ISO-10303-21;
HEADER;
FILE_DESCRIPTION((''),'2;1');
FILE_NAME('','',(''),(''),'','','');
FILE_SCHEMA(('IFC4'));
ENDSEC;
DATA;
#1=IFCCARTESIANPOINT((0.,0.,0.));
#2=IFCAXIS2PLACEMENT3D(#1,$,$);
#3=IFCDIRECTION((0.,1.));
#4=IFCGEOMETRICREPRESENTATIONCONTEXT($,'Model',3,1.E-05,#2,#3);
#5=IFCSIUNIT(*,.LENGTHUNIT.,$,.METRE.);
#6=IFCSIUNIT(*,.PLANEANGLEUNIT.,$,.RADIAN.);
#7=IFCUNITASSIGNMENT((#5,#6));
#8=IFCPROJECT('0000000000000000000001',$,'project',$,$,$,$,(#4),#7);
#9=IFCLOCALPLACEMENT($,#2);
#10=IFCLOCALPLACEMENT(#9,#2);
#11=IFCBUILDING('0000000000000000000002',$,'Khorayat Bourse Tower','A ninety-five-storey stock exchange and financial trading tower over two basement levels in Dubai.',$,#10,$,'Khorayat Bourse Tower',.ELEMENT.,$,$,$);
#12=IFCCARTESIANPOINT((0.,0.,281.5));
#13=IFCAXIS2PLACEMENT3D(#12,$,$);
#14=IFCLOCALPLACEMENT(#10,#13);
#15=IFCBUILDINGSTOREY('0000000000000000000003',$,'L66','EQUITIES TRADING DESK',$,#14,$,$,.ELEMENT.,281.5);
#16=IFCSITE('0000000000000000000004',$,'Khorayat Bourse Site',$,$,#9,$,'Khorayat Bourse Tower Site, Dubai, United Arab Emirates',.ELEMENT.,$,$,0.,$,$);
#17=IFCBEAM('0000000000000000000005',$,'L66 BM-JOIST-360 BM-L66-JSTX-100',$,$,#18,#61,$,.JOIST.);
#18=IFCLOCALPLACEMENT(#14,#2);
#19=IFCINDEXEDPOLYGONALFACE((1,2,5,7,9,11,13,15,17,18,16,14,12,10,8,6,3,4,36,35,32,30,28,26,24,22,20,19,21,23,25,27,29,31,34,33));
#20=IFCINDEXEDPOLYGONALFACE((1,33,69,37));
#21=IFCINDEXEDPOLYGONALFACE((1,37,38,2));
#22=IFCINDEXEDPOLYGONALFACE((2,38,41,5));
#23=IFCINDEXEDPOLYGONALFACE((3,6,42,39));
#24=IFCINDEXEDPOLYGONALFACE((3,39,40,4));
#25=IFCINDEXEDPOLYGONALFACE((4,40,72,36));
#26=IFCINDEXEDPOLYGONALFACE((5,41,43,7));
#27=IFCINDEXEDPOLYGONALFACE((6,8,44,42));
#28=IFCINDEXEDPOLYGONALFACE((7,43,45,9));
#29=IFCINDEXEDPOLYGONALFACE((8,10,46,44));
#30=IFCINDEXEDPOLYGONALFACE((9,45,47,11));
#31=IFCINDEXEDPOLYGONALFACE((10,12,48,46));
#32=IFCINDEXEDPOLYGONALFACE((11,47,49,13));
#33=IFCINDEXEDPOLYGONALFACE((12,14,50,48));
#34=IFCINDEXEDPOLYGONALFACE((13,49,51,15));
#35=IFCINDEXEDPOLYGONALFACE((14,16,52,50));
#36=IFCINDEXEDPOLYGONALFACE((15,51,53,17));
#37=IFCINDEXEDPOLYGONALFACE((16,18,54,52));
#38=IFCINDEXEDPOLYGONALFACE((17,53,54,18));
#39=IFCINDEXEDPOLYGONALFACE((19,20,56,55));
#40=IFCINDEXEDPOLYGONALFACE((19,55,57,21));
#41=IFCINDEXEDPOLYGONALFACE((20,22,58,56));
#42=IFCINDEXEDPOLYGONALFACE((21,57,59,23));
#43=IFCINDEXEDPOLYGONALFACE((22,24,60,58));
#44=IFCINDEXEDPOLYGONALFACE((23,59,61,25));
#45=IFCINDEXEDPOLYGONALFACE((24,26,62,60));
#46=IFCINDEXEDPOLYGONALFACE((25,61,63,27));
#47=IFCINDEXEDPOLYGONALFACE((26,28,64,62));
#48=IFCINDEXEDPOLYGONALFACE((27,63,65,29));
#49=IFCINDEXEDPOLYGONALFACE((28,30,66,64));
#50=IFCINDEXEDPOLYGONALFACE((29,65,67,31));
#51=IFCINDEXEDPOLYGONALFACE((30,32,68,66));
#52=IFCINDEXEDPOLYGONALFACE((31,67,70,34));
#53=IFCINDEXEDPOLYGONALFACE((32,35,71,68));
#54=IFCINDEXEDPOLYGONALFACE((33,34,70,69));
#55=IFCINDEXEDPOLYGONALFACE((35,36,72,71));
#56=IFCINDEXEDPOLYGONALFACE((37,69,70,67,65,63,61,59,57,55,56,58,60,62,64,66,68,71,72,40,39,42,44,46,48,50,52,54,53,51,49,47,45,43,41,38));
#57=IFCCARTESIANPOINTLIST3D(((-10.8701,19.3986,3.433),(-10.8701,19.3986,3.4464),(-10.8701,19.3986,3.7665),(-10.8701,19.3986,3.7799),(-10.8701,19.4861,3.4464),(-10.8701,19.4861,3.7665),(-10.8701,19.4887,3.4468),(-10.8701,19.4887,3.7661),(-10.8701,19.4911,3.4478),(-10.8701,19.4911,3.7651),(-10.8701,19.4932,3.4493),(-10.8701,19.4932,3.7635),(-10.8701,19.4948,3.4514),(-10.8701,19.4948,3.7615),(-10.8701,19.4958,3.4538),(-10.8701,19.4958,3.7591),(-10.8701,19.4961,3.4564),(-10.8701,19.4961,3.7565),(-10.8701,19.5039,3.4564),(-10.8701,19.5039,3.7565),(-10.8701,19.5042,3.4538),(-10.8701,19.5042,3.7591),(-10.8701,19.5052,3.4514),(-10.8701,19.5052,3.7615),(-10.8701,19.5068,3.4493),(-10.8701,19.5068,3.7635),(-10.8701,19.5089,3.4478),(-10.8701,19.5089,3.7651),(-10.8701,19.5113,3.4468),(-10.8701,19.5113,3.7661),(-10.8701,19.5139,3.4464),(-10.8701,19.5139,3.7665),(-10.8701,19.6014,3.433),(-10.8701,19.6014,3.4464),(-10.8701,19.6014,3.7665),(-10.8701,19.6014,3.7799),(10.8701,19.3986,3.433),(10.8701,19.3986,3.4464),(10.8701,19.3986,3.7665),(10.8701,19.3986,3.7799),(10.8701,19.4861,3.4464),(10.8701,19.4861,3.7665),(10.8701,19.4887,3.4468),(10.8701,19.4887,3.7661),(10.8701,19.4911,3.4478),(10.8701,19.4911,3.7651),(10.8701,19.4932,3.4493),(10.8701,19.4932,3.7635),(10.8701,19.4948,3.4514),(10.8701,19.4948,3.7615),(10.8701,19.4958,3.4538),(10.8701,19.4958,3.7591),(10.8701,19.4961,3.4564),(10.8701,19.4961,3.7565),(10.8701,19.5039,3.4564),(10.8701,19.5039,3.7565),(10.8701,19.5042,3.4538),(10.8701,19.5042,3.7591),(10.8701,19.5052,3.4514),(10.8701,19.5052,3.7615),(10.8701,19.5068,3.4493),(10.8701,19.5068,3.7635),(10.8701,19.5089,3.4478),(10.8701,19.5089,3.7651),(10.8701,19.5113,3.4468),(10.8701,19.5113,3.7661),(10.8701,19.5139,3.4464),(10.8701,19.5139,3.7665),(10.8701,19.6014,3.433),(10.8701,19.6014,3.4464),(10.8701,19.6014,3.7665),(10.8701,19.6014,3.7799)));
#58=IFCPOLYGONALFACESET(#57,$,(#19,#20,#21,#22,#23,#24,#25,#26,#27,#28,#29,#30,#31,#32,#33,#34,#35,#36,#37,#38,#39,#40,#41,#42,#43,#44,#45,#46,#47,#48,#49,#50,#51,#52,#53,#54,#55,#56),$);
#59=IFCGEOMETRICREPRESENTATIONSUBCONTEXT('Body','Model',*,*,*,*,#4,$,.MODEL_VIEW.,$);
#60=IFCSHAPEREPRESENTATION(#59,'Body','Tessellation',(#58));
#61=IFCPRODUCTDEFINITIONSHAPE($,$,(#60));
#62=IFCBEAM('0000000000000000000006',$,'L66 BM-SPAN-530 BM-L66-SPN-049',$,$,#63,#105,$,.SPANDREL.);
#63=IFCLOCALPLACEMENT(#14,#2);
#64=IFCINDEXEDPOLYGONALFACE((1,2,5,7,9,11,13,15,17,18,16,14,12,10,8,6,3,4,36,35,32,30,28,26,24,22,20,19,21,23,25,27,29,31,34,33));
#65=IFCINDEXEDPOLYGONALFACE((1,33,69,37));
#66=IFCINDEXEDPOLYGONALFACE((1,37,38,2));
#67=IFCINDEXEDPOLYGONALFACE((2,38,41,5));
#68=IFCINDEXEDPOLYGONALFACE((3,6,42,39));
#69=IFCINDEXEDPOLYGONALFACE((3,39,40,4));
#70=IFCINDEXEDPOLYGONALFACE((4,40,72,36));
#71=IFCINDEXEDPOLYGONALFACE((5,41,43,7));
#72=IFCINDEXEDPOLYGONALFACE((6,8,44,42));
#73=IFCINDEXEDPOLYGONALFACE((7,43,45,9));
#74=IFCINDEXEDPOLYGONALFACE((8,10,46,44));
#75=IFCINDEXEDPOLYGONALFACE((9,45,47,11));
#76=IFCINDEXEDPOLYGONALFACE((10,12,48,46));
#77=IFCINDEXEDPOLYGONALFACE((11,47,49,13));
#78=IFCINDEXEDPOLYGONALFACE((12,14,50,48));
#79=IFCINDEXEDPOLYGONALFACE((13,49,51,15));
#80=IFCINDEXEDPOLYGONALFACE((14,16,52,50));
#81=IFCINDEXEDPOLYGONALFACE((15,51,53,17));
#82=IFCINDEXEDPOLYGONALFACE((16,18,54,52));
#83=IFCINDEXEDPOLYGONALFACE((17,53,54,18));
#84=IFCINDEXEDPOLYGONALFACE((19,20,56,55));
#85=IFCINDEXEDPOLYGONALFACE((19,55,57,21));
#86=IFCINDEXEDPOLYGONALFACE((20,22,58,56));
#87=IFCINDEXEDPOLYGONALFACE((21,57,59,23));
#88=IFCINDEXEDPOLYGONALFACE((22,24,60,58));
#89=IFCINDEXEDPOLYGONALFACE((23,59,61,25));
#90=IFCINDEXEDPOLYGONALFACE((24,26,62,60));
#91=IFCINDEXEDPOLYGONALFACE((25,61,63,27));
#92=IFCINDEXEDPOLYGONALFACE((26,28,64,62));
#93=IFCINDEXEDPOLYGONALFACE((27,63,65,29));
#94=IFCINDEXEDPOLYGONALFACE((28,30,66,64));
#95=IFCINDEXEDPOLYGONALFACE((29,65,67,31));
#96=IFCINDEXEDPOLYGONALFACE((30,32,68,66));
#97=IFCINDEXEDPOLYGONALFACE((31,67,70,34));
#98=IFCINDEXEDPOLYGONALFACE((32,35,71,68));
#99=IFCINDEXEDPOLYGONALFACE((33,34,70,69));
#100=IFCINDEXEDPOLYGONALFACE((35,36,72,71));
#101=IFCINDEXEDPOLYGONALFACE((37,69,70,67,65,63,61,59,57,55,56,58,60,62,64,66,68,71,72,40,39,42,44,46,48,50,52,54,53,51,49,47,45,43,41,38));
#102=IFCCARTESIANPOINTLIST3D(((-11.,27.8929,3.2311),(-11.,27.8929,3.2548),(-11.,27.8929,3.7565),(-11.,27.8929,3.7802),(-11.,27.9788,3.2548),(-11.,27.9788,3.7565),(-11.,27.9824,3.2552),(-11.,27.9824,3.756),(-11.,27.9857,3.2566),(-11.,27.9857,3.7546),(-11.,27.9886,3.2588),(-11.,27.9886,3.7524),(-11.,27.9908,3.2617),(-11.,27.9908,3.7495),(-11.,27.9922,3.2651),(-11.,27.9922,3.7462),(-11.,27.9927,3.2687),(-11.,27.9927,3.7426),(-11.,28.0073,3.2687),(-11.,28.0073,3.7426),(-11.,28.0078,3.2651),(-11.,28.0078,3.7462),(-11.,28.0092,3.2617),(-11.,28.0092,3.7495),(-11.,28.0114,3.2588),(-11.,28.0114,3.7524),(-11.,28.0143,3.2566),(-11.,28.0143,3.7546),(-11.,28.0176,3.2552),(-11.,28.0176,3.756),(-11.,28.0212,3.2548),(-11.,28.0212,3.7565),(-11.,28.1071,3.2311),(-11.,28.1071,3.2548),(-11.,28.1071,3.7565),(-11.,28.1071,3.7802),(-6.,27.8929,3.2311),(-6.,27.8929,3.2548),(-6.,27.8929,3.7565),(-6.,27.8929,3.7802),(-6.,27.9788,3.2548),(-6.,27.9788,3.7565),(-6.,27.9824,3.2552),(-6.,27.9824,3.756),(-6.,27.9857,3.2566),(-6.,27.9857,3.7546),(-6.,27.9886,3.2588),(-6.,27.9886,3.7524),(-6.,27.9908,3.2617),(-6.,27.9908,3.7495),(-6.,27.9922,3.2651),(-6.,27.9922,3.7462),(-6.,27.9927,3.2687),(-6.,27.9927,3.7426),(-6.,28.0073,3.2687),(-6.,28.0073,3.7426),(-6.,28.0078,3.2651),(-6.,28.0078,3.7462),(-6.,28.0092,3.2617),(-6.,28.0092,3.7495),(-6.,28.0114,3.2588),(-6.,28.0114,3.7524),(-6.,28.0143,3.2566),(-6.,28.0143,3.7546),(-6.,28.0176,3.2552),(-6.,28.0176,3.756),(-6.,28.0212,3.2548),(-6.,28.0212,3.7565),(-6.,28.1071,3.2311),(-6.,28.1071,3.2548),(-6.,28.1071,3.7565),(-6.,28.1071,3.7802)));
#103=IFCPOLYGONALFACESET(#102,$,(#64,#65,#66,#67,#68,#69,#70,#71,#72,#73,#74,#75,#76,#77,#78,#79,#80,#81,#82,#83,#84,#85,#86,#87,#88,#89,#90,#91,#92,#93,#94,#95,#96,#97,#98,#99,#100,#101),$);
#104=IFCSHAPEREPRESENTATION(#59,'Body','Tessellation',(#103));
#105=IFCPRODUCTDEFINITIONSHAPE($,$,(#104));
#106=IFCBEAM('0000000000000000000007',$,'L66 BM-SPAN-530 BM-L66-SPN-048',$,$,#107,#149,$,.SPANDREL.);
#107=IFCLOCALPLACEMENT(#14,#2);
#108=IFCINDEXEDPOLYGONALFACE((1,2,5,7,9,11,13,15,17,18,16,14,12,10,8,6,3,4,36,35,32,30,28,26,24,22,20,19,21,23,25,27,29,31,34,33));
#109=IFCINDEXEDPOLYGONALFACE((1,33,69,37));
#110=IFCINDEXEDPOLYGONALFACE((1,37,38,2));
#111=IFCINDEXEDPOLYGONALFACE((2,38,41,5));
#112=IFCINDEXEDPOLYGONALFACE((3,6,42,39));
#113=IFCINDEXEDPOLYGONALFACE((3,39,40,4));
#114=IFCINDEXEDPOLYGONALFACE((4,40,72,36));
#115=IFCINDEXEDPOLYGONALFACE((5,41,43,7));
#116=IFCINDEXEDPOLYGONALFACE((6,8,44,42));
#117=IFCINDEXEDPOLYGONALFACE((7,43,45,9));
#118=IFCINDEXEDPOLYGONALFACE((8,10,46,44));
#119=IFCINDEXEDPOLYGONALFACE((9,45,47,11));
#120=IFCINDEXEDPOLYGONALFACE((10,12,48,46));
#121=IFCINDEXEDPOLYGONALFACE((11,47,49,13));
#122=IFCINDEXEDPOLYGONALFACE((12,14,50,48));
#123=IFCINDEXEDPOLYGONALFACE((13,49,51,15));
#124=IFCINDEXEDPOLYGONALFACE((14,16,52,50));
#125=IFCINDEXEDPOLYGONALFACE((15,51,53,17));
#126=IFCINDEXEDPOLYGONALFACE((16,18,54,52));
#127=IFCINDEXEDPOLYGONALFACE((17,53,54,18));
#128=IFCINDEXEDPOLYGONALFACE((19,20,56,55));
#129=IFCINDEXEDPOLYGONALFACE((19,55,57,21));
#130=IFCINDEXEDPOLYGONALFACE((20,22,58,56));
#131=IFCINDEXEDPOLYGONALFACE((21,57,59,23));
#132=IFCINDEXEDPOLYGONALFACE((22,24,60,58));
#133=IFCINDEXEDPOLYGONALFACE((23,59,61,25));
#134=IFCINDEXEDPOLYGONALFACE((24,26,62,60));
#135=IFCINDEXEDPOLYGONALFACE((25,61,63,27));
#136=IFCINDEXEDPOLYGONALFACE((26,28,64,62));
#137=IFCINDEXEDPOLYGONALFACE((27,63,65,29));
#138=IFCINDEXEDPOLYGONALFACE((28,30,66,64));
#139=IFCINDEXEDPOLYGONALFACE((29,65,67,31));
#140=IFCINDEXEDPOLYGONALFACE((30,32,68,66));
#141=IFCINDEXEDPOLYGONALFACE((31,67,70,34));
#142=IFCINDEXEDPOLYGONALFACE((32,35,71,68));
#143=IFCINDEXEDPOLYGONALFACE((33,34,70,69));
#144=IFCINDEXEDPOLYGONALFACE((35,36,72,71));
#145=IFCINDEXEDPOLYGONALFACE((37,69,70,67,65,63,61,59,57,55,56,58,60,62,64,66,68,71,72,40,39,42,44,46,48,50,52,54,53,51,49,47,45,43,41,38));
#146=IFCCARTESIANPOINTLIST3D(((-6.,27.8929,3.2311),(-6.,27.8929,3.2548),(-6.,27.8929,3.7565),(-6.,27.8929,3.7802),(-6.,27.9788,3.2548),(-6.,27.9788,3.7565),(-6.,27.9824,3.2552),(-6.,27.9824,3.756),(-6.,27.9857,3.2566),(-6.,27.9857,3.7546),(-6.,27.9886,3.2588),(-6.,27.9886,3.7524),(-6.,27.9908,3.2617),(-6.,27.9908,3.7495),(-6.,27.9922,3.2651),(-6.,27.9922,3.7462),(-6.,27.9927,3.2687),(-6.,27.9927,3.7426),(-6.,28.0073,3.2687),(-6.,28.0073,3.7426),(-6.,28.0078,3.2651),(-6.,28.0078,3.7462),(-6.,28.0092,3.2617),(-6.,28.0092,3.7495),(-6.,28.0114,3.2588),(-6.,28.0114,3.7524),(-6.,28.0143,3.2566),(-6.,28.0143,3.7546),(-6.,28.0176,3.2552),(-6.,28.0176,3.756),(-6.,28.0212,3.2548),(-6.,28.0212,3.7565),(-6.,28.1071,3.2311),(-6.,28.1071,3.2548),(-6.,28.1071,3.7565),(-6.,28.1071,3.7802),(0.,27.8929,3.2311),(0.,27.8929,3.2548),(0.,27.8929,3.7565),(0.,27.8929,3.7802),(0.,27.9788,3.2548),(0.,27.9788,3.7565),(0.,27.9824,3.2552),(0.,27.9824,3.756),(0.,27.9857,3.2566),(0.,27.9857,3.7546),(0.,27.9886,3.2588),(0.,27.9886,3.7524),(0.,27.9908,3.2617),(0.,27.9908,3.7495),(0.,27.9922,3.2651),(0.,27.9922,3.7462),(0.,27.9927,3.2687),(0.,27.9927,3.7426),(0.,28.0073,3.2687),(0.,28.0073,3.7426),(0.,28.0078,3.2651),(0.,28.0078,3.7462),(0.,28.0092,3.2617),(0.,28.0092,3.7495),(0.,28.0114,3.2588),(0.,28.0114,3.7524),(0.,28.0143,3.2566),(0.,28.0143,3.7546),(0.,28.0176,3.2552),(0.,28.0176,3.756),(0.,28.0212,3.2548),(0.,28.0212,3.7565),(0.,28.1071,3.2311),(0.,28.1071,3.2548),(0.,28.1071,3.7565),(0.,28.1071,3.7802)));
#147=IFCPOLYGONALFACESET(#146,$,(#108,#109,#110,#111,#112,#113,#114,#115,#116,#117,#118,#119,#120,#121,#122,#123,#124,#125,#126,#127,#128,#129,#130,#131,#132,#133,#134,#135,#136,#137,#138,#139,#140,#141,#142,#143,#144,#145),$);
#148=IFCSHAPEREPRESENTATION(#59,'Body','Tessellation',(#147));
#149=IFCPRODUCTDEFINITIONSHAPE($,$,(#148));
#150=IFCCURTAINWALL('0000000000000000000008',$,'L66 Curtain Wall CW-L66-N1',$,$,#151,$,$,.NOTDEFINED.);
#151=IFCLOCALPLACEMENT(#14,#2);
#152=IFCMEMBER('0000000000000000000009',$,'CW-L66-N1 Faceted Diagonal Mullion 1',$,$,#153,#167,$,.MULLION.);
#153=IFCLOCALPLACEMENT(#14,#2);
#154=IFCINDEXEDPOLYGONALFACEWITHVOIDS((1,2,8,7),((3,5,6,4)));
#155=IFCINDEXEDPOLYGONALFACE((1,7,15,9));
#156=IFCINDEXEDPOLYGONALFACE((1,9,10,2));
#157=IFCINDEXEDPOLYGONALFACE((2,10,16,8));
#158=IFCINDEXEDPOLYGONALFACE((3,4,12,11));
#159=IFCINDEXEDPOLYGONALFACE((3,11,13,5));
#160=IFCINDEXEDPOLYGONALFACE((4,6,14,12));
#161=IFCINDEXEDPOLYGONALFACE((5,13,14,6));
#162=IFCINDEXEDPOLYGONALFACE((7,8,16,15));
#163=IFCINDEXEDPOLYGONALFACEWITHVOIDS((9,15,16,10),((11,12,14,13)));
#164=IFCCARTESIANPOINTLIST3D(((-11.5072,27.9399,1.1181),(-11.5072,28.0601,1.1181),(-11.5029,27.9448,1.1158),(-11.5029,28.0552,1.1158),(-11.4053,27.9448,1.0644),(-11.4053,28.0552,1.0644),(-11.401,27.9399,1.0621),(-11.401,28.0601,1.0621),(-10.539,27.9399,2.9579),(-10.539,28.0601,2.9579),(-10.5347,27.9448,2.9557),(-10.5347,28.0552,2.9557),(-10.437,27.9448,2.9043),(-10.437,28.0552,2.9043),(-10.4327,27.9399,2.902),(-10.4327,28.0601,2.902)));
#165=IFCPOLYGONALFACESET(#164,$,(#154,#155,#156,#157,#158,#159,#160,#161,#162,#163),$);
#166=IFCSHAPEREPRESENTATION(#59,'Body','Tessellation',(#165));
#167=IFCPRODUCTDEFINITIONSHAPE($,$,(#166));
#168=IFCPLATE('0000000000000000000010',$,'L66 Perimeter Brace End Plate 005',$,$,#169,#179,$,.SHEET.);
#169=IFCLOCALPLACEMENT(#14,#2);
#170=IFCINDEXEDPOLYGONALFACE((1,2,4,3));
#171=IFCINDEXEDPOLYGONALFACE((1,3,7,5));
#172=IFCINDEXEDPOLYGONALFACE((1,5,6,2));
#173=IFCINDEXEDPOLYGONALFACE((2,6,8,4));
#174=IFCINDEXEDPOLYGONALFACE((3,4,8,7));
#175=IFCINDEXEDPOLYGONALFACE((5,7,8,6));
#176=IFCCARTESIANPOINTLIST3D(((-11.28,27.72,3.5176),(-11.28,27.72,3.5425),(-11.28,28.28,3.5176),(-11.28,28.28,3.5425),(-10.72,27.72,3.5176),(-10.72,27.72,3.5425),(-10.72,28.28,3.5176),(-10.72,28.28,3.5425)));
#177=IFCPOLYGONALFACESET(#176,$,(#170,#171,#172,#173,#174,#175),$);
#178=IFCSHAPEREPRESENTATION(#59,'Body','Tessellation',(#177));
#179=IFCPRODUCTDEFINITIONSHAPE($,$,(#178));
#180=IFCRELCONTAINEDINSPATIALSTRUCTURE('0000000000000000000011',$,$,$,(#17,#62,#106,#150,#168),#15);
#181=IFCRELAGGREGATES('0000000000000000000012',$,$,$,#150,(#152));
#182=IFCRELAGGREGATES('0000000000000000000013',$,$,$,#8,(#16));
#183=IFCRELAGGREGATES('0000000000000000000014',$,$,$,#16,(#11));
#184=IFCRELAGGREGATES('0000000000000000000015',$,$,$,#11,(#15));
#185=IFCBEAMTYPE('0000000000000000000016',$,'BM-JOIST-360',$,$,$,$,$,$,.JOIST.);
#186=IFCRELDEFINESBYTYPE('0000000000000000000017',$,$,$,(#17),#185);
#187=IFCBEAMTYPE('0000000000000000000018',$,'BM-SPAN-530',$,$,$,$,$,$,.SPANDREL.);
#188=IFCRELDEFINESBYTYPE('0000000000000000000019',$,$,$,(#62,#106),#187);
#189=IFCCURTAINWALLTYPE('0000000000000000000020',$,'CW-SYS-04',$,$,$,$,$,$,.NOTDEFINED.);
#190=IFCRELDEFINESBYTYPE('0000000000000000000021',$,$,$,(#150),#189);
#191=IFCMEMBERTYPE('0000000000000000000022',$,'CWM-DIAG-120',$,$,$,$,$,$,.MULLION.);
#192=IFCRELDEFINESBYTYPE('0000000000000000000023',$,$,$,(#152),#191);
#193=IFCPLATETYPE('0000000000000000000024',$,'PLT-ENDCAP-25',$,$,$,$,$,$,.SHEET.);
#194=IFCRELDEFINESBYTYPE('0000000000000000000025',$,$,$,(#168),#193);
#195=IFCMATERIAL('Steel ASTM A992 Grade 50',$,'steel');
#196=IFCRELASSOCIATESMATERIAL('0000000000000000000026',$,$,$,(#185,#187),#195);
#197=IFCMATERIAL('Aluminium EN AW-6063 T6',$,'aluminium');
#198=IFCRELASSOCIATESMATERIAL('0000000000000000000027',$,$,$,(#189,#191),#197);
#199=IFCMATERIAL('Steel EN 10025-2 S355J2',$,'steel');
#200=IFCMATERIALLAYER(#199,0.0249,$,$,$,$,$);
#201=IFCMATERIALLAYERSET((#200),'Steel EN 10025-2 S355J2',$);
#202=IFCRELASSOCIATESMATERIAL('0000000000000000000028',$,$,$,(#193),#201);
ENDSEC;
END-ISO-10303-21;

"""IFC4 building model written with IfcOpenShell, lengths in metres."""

from ifc_helpers import new_model, si_unit, direction, frame, origin, origin_2d, place, context, subcontext, project, spatial, rectangle, hollow_rectangle, i_section, extrude, source, transform, mapped, material, layer, layer_set, material_profile, profile_set, type_object, element, aggregate, save


model = new_model("IFC4")

# Units and contexts
model_context = context("Model", 3, precision=1e-05, world=origin(), true_north=direction((0.0, 1.0)))
body_context = subcontext(model_context, "Body", "Model", "MODEL_VIEW")
ifc_project = project(units=[si_unit("LENGTHUNIT", "METRE"), si_unit("PLANEANGLEUNIT", "RADIAN")], contexts=[model_context])

# Site, building, storey
site_placement = place(None, origin())
site = spatial("IfcSite", under=ifc_project, at=site_placement, Name="Khorayat Bourse Site", LongName="Khorayat Bourse Tower Site, Dubai, United Arab Emirates", CompositionType="ELEMENT", RefElevation=0.0)
building_placement = place(site_placement, origin())
building = spatial("IfcBuilding", under=site, at=building_placement, Name="Khorayat Bourse Tower", Description="A ninety-five-storey stock exchange and financial trading tower over two basement levels in Dubai.", LongName="Khorayat Bourse Tower", CompositionType="ELEMENT")
storey_placement = place(building_placement, frame((0.0, 0.0, 281.5)))
storey = spatial("IfcBuildingStorey", under=building, at=storey_placement, Name="L66", Description="EQUITIES TRADING DESK", CompositionType="ELEMENT", Elevation=281.5)

# Beams
ifc_material_1 = material(Name="Steel ASTM A992 Grade 50", Category="steel")
ifc_material_profile_1 = material_profile(ifc_material_1, i_section(OverallWidth=0.2029, OverallDepth=0.3469, WebThickness=0.0078, FlangeThickness=0.0134, FilletRadius=0.01, at=origin_2d()), Name="W360X64")
ifc_profile_set_1 = profile_set([ifc_material_profile_1], Name="Steel ASTM A992 Grade 50")
beam_type_1 = type_object("IfcBeamType", Name="BM-JOIST-360", PredefinedType="JOIST", material=ifc_profile_set_1)
shared_shape_1 = source(origin(), body_context, "Body", "SweptSolid", [
    extrude(i_section(OverallWidth=0.2029, OverallDepth=0.3469, WebThickness=0.0078, FlangeThickness=0.0134, FilletRadius=0.01, at=origin_2d()), origin(), (0.0, 0.0, 1.0), 21.7402),
])
beam_1_placement = place(storey_placement, frame((-10.8701, 19.5, 3.6064), z_axis=(1.0, 0.0, 0.0), x_axis=(0.0, 1.0, 0.0)))
element("IfcBeam", 1, at=beam_1_placement, inside=storey, type_object=beam_type_1, Name="L66 BM-JOIST-360 BM-L66-JSTX-100", PredefinedType="JOIST", context=body_context, shape_type="MappedRepresentation", body=[
    mapped(shared_shape_1, transform((0.0, 0.0, 0.0), scale=1.0)),
])
ifc_material_profile_2 = material_profile(ifc_material_1, i_section(OverallWidth=0.2141, OverallDepth=0.5491, WebThickness=0.0146, FlangeThickness=0.0237, FilletRadius=0.0139, at=origin_2d()), Name="W530X138")
ifc_profile_set_2 = profile_set([ifc_material_profile_2], Name="Steel ASTM A992 Grade 50")
beam_type_2 = type_object("IfcBeamType", Name="BM-SPAN-530", PredefinedType="SPANDREL", material=ifc_profile_set_2)
shared_shape_2 = source(origin(), body_context, "Body", "SweptSolid", [
    extrude(i_section(OverallWidth=0.2141, OverallDepth=0.5491, WebThickness=0.0146, FlangeThickness=0.0237, FilletRadius=0.0139, at=origin_2d()), origin(), (0.0, 0.0, 1.0), 5.0),
])
beam_2_placement = place(storey_placement, frame((-11.0, 28.0, 3.5056), z_axis=(1.0, 0.0, 0.0), x_axis=(0.0, 1.0, 0.0)))
element("IfcBeam", 2, at=beam_2_placement, inside=storey, type_object=beam_type_2, Name="L66 BM-SPAN-530 BM-L66-SPN-049", PredefinedType="SPANDREL", context=body_context, shape_type="MappedRepresentation", body=[
    mapped(shared_shape_2, transform((0.0, 0.0, 0.0), scale=1.0)),
])
shared_shape_3 = source(origin(), body_context, "Body", "SweptSolid", [
    extrude(i_section(OverallWidth=0.2141, OverallDepth=0.5491, WebThickness=0.0146, FlangeThickness=0.0237, FilletRadius=0.0139, at=origin_2d()), origin(), (0.0, 0.0, 1.0), 6.0),
])
beam_3_placement = place(storey_placement, frame((-6.0, 28.0, 3.5056), z_axis=(1.0, 0.0, 0.0), x_axis=(0.0, 1.0, 0.0)))
element("IfcBeam", 3, at=beam_3_placement, inside=storey, type_object=beam_type_2, Name="L66 BM-SPAN-530 BM-L66-SPN-048", PredefinedType="SPANDREL", context=body_context, shape_type="MappedRepresentation", body=[
    mapped(shared_shape_3, transform((0.0, 0.0, 0.0), scale=1.0)),
])

# Curtain wall, member
ifc_material_2 = material(Name="Aluminium EN AW-6063 T6", Category="aluminium")
curtain_wall_type = type_object("IfcCurtainWallType", Name="CW-SYS-04", PredefinedType="NOTDEFINED", material=ifc_material_2)
curtain_wall_placement = place(storey_placement, origin())
curtain_wall = element("IfcCurtainWall", 4, at=curtain_wall_placement, inside=storey, type_object=curtain_wall_type, Name="L66 Curtain Wall CW-L66-N1", PredefinedType="NOTDEFINED")
ifc_material_profile_3 = material_profile(ifc_material_2, hollow_rectangle(XDim=0.1201, YDim=0.1201, WallThickness=0.0049, at=origin_2d()), Name="ALU 120x120x5")
ifc_profile_set_3 = profile_set([ifc_material_profile_3], Name="Aluminium EN AW-6063 T6")
member_type_1 = type_object("IfcMemberType", Name="CWM-DIAG-120", PredefinedType="MULLION", material=ifc_profile_set_3)
shared_shape_4 = source(origin(), body_context, "Body", "SweptSolid", [
    extrude(hollow_rectangle(XDim=0.1201, YDim=0.1201, WallThickness=0.0049, at=origin_2d()), origin(), (0.0, 0.0, 1.0), 2.0791),
])
member_1_placement = place(storey_placement, frame((-11.4541, 28.0, 1.0901), z_axis=(0.465717, 0.0, 0.884934), x_axis=(0.0, 1.0, 0.0)))
member_1 = element("IfcMember", 5, at=member_1_placement, type_object=member_type_1, Name="CW-L66-N1 Faceted Diagonal Mullion 1", PredefinedType="MULLION", context=body_context, shape_type="MappedRepresentation", body=[
    mapped(shared_shape_4, transform((0.0, 0.0, 0.0), scale=1.0)),
])

# Plate
ifc_material_3 = material(Name="Steel EN 10025-2 S355J2", Category="steel")
ifc_layer_1 = layer(ifc_material_3, 0.0249)
ifc_layer_set_1 = layer_set([ifc_layer_1], Name="Steel EN 10025-2 S355J2")
plate_type_1 = type_object("IfcPlateType", Name="PLT-ENDCAP-25", PredefinedType="SHEET", material=ifc_layer_set_1)
shared_shape_5 = source(origin(), body_context, "Body", "SweptSolid", [
    extrude(rectangle(XDim=0.5601, YDim=0.5601, at=origin_2d()), origin(), (0.0, 0.0, 1.0), 0.0249),
])
for number, where, z_axis, x_axis, name in (
    (6, (-11.0, 28.0, 3.5176), (0.0, 0.0, 1.0), (1.0, 0.0, 0.0), "L66 Perimeter Brace End Plate 005"),
):
    element("IfcPlate", number, at=place(storey_placement, frame(where, z_axis=z_axis, x_axis=x_axis)), inside=storey, type_object=plate_type_1, Name=name, PredefinedType="SHEET", context=body_context, shape_type="MappedRepresentation", body=[
        mapped(shared_shape_5, transform((0.0, 0.0, 0.0), scale=1.0)),
    ])

aggregate(curtain_wall, [member_1])

save(model, "model.ifc")
